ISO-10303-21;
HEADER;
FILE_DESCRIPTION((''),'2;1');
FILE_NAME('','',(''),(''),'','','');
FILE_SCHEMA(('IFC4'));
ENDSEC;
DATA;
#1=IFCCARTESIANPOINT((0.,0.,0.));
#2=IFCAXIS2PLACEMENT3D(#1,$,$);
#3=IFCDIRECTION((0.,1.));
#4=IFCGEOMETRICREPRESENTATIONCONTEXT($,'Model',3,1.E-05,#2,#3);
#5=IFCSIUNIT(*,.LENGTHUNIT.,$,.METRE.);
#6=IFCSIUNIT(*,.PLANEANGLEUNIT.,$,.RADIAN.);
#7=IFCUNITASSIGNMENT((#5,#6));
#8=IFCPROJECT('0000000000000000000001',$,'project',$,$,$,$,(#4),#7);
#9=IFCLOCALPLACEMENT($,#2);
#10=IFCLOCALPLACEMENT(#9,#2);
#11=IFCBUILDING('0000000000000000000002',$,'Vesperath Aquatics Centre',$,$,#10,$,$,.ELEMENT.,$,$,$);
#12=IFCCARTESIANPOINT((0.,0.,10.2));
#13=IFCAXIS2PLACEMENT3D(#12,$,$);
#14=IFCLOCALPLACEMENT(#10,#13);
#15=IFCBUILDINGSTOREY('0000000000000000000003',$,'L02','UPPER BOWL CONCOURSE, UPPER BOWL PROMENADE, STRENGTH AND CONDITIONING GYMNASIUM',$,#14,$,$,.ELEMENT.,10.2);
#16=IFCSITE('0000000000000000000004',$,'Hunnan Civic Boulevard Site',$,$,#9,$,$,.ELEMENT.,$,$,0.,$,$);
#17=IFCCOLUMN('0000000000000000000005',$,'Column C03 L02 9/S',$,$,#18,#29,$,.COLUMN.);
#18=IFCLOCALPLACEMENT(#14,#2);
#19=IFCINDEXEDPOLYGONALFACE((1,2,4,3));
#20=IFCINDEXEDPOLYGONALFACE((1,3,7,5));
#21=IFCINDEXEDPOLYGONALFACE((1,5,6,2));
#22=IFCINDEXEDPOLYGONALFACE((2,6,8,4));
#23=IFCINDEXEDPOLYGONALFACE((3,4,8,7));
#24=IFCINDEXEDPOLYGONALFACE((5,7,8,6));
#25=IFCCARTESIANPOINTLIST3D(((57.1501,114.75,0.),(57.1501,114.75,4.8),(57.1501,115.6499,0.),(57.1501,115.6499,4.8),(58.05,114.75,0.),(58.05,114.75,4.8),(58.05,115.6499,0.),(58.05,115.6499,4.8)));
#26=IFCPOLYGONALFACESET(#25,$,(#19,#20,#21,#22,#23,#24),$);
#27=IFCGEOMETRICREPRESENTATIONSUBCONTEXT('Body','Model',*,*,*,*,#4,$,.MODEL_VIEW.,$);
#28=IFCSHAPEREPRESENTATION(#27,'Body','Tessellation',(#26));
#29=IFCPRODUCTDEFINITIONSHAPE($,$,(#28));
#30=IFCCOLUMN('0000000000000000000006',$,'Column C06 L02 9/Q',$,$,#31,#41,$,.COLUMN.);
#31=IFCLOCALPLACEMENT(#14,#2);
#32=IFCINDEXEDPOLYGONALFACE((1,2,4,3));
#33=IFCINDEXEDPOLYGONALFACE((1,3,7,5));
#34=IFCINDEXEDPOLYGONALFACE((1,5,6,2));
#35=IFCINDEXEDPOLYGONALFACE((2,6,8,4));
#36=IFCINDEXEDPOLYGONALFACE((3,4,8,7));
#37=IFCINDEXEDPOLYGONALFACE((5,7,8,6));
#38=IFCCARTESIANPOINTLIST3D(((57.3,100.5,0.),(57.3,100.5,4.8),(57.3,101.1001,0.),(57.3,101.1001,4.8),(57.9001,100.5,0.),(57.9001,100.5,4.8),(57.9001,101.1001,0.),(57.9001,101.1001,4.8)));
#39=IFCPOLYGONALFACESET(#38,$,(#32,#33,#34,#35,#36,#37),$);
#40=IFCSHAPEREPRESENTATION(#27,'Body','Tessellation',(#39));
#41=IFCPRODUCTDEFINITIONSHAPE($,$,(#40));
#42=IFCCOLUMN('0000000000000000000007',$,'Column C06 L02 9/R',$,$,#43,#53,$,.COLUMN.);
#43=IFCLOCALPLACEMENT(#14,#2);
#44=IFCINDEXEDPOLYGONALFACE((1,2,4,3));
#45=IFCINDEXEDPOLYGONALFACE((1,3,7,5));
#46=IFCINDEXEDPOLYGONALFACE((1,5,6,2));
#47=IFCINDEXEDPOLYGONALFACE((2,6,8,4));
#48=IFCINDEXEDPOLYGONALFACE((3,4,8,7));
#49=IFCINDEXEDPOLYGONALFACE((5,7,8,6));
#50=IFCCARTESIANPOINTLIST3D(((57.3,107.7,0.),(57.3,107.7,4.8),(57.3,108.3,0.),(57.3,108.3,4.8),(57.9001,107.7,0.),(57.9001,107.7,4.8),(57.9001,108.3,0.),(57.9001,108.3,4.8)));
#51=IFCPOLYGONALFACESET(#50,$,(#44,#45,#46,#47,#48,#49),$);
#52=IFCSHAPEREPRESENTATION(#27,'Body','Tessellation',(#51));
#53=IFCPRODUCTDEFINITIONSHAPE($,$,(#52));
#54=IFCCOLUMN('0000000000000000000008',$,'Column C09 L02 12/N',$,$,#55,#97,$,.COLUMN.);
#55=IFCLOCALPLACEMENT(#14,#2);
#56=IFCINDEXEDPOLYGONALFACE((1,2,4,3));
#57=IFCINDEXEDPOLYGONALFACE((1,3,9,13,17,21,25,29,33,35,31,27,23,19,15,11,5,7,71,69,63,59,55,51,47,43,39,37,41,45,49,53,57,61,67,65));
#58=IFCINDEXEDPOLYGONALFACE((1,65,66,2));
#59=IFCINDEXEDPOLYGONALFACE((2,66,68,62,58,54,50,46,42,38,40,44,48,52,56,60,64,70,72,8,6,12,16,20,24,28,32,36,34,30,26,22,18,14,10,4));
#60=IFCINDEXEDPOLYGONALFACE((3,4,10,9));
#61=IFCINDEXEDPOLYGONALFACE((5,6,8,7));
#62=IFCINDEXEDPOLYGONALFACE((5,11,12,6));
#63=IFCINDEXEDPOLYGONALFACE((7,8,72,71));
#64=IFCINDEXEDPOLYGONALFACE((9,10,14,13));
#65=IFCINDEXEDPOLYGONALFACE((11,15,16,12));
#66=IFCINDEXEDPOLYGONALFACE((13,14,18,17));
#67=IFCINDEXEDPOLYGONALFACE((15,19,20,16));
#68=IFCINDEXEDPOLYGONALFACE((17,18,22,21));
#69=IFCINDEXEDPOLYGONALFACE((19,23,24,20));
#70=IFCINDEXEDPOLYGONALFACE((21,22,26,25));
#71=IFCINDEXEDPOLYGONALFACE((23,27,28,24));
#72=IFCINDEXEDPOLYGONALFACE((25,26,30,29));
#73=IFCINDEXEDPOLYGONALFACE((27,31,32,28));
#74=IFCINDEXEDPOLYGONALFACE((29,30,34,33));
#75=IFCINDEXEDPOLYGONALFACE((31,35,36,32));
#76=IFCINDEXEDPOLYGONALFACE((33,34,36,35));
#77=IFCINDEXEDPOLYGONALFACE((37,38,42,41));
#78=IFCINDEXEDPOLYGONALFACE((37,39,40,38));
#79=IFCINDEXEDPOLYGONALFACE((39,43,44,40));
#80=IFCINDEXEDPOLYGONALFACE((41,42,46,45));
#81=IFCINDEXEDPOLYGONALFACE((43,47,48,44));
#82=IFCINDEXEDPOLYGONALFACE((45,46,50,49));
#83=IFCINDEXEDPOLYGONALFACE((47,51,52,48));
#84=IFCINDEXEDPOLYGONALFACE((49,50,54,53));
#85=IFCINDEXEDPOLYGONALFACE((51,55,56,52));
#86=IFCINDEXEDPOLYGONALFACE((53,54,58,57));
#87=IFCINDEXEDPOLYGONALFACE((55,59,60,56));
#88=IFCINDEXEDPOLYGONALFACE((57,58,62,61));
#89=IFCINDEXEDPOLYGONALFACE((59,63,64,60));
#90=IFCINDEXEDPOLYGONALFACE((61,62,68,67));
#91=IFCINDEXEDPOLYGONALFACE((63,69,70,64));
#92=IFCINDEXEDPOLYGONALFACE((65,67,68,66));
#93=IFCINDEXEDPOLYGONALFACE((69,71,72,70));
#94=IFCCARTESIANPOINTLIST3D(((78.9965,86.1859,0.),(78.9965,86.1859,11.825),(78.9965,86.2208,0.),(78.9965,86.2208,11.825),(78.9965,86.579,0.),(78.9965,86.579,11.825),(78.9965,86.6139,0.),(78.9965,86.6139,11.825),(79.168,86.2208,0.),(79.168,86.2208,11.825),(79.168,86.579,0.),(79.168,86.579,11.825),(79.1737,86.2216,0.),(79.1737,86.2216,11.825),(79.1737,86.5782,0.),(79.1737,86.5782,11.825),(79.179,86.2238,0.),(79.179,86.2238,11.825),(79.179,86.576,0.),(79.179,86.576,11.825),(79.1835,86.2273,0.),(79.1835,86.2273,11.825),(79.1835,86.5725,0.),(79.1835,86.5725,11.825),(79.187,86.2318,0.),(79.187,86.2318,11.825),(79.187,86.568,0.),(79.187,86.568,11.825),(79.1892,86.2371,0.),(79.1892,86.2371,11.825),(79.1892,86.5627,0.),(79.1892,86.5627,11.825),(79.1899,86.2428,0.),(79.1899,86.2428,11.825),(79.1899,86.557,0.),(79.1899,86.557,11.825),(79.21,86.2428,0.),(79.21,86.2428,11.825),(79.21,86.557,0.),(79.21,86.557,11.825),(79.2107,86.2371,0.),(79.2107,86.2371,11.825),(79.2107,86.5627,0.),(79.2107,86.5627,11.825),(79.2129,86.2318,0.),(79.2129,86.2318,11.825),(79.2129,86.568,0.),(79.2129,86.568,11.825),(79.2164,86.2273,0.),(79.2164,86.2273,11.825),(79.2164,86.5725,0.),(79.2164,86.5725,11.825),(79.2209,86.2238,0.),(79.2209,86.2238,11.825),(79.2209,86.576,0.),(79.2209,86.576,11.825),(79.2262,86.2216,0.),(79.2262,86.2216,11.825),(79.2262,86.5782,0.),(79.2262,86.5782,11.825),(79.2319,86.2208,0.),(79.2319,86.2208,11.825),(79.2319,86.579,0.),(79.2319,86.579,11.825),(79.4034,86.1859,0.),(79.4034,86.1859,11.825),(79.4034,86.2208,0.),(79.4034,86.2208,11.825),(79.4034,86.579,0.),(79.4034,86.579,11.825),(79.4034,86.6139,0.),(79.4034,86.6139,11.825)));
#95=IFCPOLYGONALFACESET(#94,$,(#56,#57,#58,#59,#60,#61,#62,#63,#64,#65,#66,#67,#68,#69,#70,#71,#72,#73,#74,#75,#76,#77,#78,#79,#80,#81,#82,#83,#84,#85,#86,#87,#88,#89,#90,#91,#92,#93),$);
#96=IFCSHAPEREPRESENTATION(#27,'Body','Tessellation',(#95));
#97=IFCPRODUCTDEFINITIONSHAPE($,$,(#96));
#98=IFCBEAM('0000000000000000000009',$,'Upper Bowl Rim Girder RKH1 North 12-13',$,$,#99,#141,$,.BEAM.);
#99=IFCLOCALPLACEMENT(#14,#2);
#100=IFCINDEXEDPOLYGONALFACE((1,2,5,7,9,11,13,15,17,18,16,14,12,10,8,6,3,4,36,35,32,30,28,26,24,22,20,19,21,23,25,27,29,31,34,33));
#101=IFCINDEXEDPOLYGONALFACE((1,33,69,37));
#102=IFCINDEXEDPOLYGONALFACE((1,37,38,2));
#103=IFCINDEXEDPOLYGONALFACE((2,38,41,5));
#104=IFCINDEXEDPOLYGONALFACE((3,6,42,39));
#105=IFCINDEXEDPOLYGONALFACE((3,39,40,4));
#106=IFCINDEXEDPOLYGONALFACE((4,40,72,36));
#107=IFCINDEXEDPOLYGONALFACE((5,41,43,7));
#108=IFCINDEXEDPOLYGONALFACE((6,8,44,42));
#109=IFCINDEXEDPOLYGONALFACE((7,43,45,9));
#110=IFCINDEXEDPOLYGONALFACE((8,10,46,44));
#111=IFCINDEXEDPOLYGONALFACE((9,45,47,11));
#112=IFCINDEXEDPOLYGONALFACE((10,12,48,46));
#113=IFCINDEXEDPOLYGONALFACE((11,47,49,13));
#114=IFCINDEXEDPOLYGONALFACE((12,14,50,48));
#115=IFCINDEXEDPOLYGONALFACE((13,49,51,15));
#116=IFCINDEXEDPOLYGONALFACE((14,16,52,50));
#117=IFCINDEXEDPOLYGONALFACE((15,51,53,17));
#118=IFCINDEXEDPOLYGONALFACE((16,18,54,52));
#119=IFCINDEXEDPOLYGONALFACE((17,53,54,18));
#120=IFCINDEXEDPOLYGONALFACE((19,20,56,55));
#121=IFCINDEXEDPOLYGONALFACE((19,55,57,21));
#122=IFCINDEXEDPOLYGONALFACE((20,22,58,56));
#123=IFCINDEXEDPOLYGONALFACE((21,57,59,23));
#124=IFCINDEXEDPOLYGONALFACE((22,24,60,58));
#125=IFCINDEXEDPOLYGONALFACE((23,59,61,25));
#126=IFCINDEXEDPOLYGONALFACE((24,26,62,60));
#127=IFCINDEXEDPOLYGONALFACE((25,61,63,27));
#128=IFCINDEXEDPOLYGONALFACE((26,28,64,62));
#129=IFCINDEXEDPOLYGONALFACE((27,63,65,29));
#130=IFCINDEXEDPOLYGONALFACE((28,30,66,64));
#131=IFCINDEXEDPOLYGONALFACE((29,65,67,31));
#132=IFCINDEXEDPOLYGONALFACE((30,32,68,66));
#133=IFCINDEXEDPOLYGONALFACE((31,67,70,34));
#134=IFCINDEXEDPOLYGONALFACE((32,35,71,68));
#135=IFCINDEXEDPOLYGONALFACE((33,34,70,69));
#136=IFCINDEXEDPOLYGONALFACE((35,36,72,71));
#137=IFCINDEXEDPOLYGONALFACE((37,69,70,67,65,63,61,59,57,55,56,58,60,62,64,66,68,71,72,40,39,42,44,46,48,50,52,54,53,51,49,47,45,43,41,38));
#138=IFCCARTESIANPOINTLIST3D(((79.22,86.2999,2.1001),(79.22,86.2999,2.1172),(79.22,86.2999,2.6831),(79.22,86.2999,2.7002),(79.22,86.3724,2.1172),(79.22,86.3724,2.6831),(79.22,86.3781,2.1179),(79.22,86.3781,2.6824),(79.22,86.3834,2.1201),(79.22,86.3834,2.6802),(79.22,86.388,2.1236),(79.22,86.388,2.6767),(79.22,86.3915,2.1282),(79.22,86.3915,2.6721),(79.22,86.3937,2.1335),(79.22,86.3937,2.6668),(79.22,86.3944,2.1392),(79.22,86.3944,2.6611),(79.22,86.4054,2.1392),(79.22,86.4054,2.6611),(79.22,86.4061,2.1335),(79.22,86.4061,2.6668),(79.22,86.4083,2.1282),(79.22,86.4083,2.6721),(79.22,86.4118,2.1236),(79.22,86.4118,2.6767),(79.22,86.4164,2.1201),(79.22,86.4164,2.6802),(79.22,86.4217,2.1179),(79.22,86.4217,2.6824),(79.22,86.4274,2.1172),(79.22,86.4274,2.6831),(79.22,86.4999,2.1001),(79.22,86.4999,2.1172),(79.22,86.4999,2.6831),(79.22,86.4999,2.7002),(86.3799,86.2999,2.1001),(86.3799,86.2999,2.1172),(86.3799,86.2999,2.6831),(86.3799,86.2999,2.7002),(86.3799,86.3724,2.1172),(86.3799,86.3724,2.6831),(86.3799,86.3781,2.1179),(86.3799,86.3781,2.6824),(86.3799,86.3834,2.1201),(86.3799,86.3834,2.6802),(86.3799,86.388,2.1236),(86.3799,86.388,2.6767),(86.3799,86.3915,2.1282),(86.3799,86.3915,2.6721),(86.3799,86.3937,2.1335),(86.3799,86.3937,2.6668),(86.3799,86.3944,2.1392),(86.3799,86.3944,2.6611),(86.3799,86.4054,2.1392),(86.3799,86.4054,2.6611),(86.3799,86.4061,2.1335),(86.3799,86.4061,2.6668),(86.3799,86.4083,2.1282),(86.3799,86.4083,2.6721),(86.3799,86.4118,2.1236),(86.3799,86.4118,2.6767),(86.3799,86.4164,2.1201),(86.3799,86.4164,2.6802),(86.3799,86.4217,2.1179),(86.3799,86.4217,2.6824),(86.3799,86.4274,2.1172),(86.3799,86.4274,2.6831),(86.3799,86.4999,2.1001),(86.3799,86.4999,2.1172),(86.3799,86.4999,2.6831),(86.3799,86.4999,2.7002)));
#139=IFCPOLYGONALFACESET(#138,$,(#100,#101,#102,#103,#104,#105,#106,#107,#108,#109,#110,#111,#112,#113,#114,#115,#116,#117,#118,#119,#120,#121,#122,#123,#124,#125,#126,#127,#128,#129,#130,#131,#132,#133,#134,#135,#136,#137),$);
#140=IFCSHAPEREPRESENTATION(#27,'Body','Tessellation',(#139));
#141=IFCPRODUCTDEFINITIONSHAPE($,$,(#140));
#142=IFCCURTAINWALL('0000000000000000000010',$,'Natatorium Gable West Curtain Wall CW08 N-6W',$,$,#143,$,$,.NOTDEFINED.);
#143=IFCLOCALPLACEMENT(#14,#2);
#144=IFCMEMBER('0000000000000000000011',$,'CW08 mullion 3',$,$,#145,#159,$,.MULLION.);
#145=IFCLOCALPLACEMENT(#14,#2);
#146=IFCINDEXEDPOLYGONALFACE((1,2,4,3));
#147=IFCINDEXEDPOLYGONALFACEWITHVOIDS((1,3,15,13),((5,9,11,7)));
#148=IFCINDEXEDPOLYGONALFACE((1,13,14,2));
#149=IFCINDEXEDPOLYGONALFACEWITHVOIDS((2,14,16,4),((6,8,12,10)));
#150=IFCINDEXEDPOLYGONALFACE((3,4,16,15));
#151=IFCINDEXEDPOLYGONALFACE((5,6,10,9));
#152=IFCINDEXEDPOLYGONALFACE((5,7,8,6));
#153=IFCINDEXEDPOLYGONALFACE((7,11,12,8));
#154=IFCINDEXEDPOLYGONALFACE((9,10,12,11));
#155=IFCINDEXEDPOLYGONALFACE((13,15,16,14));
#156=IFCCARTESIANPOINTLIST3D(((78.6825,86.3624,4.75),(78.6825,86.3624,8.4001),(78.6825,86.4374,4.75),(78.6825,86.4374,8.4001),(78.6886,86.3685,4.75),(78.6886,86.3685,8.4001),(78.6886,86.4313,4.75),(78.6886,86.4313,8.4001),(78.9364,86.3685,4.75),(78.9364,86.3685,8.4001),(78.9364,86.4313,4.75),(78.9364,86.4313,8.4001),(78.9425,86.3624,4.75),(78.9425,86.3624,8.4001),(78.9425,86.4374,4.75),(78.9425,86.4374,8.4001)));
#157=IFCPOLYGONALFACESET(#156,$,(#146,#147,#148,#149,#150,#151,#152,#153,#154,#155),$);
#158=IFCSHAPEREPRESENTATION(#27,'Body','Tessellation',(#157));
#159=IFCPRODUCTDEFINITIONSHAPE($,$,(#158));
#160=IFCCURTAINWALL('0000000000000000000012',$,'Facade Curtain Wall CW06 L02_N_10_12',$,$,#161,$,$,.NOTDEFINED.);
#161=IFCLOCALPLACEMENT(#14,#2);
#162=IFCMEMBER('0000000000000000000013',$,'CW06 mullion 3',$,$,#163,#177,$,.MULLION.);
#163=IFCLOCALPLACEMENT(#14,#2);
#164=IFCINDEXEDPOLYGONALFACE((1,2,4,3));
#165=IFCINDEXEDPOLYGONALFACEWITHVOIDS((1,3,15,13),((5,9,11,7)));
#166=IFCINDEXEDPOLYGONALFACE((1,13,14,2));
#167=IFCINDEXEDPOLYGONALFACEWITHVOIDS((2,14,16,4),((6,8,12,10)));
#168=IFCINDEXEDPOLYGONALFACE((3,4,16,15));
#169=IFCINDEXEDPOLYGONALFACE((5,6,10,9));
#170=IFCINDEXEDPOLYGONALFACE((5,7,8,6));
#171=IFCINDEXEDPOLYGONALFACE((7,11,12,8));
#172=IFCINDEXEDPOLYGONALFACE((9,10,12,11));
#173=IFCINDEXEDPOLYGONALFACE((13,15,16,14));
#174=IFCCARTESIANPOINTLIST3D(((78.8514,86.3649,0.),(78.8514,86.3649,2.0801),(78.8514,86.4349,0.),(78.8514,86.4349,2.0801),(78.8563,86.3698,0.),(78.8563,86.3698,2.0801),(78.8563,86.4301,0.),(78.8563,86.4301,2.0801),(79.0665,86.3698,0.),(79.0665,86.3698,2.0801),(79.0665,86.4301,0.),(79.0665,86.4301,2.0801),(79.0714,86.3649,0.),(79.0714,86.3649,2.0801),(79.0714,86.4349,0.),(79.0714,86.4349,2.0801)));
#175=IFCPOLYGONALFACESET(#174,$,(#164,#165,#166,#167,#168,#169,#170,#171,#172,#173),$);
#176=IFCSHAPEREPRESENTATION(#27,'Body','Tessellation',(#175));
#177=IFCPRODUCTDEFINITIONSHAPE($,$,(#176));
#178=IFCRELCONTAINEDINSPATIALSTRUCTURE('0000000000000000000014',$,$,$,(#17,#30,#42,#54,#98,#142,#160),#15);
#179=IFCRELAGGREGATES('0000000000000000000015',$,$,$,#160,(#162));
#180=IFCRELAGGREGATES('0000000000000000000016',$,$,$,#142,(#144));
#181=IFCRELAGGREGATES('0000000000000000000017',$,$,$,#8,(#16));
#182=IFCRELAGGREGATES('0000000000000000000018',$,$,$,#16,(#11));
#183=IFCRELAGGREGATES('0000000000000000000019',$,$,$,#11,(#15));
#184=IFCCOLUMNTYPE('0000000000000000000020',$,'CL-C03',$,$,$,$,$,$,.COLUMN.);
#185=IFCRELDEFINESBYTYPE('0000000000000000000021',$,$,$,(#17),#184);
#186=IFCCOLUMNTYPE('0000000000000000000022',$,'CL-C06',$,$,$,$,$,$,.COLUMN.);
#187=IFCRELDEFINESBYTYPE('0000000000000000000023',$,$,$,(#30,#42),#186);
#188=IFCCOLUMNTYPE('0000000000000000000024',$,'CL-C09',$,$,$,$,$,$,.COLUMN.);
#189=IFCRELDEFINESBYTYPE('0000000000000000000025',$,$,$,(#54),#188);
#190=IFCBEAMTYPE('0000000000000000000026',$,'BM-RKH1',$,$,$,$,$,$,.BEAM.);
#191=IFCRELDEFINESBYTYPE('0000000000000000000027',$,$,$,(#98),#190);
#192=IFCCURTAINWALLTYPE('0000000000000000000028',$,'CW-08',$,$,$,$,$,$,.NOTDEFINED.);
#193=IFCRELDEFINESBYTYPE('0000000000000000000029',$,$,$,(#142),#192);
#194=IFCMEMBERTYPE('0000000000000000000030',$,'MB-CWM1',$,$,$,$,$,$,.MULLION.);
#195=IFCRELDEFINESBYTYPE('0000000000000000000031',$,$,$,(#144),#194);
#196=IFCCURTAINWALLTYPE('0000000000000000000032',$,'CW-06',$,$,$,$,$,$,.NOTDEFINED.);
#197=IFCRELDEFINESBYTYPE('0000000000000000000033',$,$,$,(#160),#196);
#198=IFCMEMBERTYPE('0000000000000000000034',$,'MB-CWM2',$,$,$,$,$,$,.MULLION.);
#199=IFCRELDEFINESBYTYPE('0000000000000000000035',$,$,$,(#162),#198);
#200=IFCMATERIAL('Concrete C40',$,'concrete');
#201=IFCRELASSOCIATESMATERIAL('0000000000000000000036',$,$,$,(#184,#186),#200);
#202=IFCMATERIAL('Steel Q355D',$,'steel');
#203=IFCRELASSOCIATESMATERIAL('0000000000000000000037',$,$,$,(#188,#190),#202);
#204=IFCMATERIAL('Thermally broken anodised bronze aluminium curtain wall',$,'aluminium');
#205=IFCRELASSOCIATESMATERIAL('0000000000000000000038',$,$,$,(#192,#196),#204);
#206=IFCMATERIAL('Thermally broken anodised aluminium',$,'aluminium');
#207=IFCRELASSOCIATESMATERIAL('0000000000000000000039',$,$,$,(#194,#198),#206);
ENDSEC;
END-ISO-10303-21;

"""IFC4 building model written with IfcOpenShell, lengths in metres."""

from ifc_helpers import new_model, si_unit, direction, frame, origin, origin_2d, place, context, subcontext, project, spatial, rectangle, hollow_rectangle, i_section, extrude, material, material_profile, profile_set, type_object, element, aggregate, save


model = new_model("IFC4")

# Units and contexts
model_context = context("Model", 3, precision=1e-05, world=origin(), true_north=direction((0.0, 1.0)))
body_context = subcontext(model_context, "Body", "Model", "MODEL_VIEW")
ifc_project = project(units=[si_unit("LENGTHUNIT", "METRE"), si_unit("PLANEANGLEUNIT", "RADIAN")], contexts=[model_context])

# Site, building, storey
site_placement = place(None, origin())
site = spatial("IfcSite", under=ifc_project, at=site_placement, Name="Hunnan Civic Boulevard Site", CompositionType="ELEMENT", RefElevation=0.0)
building_placement = place(site_placement, origin())
building = spatial("IfcBuilding", under=site, at=building_placement, Name="Vesperath Aquatics Centre", CompositionType="ELEMENT")
storey_placement = place(building_placement, frame((0.0, 0.0, 10.2)))
storey = spatial("IfcBuildingStorey", under=building, at=storey_placement, Name="L02", Description="UPPER BOWL CONCOURSE, UPPER BOWL PROMENADE, STRENGTH AND CONDITIONING GYMNASIUM", CompositionType="ELEMENT", Elevation=10.2)

# Columns
ifc_material_1 = material(Name="Concrete C40", Category="concrete")
ifc_material_profile_1 = material_profile(ifc_material_1, rectangle(XDim=0.8999, YDim=0.8999, at=origin_2d()), Name="RC 900x900")
ifc_profile_set_1 = profile_set([ifc_material_profile_1], Name="Concrete C40")
column_type_1 = type_object("IfcColumnType", Name="CL-C03", PredefinedType="COLUMN", material=ifc_profile_set_1)
column_1_placement = place(storey_placement, frame((57.6001, 115.2, 0.0), z_axis=(0.0, 0.0, 1.0), x_axis=(1.0, 0.0, 0.0)))
element("IfcColumn", 1, at=column_1_placement, inside=storey, type_object=column_type_1, Name="Column C03 L02 9/S", PredefinedType="COLUMN", context=body_context, shape_type="SweptSolid", body=[
    extrude(rectangle(XDim=0.8999, YDim=0.8999, at=origin_2d()), origin(), (0.0, 0.0, 1.0), 4.8),
])
ifc_material_profile_2 = material_profile(ifc_material_1, rectangle(XDim=0.6001, YDim=0.6001, at=origin_2d()), Name="RC 600x600")
ifc_profile_set_2 = profile_set([ifc_material_profile_2], Name="Concrete C40")
column_type_2 = type_object("IfcColumnType", Name="CL-C06", PredefinedType="COLUMN", material=ifc_profile_set_2)
for number, where, z_axis, x_axis, name in (
    (2, (57.6001, 100.8, 0.0), (0.0, 0.0, 1.0), (1.0, 0.0, 0.0), "Column C06 L02 9/Q"),
    (3, (57.6001, 108.0, 0.0), (0.0, 0.0, 1.0), (1.0, 0.0, 0.0), "Column C06 L02 9/R"),
):
    element("IfcColumn", number, at=place(storey_placement, frame(where, z_axis=z_axis, x_axis=x_axis)), inside=storey, type_object=column_type_2, Name=name, PredefinedType="COLUMN", context=body_context, shape_type="SweptSolid", body=[
        extrude(rectangle(XDim=0.6001, YDim=0.6001, at=origin_2d()), origin(), (0.0, 0.0, 1.0), 4.8),
    ])
ifc_material_2 = material(Name="Steel Q355D", Category="steel")
ifc_material_profile_3 = material_profile(ifc_material_2, i_section(OverallWidth=0.407, OverallDepth=0.428, WebThickness=0.02, FlangeThickness=0.0349, FilletRadius=0.022, at=origin_2d()), Name="HW 428x407x20x35")
ifc_profile_set_3 = profile_set([ifc_material_profile_3], Name="Steel Q355D")
column_type_3 = type_object("IfcColumnType", Name="CL-C09", PredefinedType="COLUMN", material=ifc_profile_set_3)
column_2_placement = place(storey_placement, frame((79.2, 86.3999, 0.0), z_axis=(0.0, 0.0, 1.0), x_axis=(1.0, 0.0, 0.0)))
element("IfcColumn", 4, at=column_2_placement, inside=storey, type_object=column_type_3, Name="Column C09 L02 12/N", PredefinedType="COLUMN", context=body_context, shape_type="SweptSolid", body=[
    extrude(i_section(OverallWidth=0.407, OverallDepth=0.428, WebThickness=0.02, FlangeThickness=0.0349, FilletRadius=0.022, at=origin_2d()), origin(), (0.0, 0.0, 1.0), 11.825),
])

# Beam
ifc_material_profile_4 = material_profile(ifc_material_2, i_section(OverallWidth=0.2, OverallDepth=0.6001, WebThickness=0.011, FlangeThickness=0.0171, FilletRadius=0.022, at=origin_2d()), Name="HN 600x200x11x17")
ifc_profile_set_4 = profile_set([ifc_material_profile_4], Name="Steel Q355D")
beam_type = type_object("IfcBeamType", Name="BM-RKH1", PredefinedType="BEAM", material=ifc_profile_set_4)
beam_placement = place(storey_placement, frame((79.22, 86.3999, 2.4001), z_axis=(1.0, 0.0, 0.0), x_axis=(0.0, 1.0, 0.0)))
element("IfcBeam", 5, at=beam_placement, inside=storey, type_object=beam_type, Name="Upper Bowl Rim Girder RKH1 North 12-13", PredefinedType="BEAM", context=body_context, shape_type="SweptSolid", body=[
    extrude(i_section(OverallWidth=0.2, OverallDepth=0.6001, WebThickness=0.011, FlangeThickness=0.0171, FilletRadius=0.022, at=origin_2d()), origin(), (0.0, 0.0, 1.0), 7.1599),
])

# Curtain walls, members
ifc_material_3 = material(Name="Thermally broken anodised bronze aluminium curtain wall", Category="aluminium")
curtain_wall_type_1 = type_object("IfcCurtainWallType", Name="CW-08", PredefinedType="NOTDEFINED", material=ifc_material_3)
curtain_wall_1_placement = place(storey_placement, origin())
curtain_wall_1 = element("IfcCurtainWall", 6, at=curtain_wall_1_placement, inside=storey, type_object=curtain_wall_type_1, Name="Natatorium Gable West Curtain Wall CW08 N-6W", PredefinedType="NOTDEFINED")
ifc_material_4 = material(Name="Thermally broken anodised aluminium", Category="aluminium")
ifc_material_profile_5 = material_profile(ifc_material_4, hollow_rectangle(XDim=0.075, YDim=0.26, WallThickness=0.0061, at=origin_2d()), Name="CWM 75x260x6")
ifc_profile_set_5 = profile_set([ifc_material_profile_5], Name="Thermally broken anodised aluminium")
member_type_1 = type_object("IfcMemberType", Name="MB-CWM1", PredefinedType="MULLION", material=ifc_profile_set_5)
member_1_placement = place(storey_placement, frame((78.8125, 86.3999, 4.75), z_axis=(0.0, 0.0, 1.0), x_axis=(0.0, 1.0, 0.0)))
member_1 = element("IfcMember", 7, at=member_1_placement, type_object=member_type_1, Name="CW08 mullion 3", PredefinedType="MULLION", context=body_context, shape_type="SweptSolid", body=[
    extrude(hollow_rectangle(XDim=0.075, YDim=0.26, WallThickness=0.0061, at=origin_2d()), origin(), (0.0, 0.0, 1.0), 3.6501),
])
curtain_wall_type_2 = type_object("IfcCurtainWallType", Name="CW-06", PredefinedType="NOTDEFINED", material=ifc_material_3)
curtain_wall_2_placement = place(storey_placement, origin())
curtain_wall_2 = element("IfcCurtainWall", 8, at=curtain_wall_2_placement, inside=storey, type_object=curtain_wall_type_2, Name="Facade Curtain Wall CW06 L02_N_10_12", PredefinedType="NOTDEFINED")
ifc_material_profile_6 = material_profile(ifc_material_4, hollow_rectangle(XDim=0.0701, YDim=0.22, WallThickness=0.0049, at=origin_2d()), Name="CWM 70x220x5")
ifc_profile_set_6 = profile_set([ifc_material_profile_6], Name="Thermally broken anodised aluminium")
member_type_2 = type_object("IfcMemberType", Name="MB-CWM2", PredefinedType="MULLION", material=ifc_profile_set_6)
member_2_placement = place(storey_placement, frame((78.9614, 86.3999, 0.0), z_axis=(0.0, 0.0, 1.0), x_axis=(0.0, 1.0, 0.0)))
member_2 = element("IfcMember", 9, at=member_2_placement, type_object=member_type_2, Name="CW06 mullion 3", PredefinedType="MULLION", context=body_context, shape_type="SweptSolid", body=[
    extrude(hollow_rectangle(XDim=0.0701, YDim=0.22, WallThickness=0.0049, at=origin_2d()), origin(), (0.0, 0.0, 1.0), 2.0801),
])

aggregate(curtain_wall_2, [member_2])
aggregate(curtain_wall_1, [member_1])

save(model, "model.ifc")
